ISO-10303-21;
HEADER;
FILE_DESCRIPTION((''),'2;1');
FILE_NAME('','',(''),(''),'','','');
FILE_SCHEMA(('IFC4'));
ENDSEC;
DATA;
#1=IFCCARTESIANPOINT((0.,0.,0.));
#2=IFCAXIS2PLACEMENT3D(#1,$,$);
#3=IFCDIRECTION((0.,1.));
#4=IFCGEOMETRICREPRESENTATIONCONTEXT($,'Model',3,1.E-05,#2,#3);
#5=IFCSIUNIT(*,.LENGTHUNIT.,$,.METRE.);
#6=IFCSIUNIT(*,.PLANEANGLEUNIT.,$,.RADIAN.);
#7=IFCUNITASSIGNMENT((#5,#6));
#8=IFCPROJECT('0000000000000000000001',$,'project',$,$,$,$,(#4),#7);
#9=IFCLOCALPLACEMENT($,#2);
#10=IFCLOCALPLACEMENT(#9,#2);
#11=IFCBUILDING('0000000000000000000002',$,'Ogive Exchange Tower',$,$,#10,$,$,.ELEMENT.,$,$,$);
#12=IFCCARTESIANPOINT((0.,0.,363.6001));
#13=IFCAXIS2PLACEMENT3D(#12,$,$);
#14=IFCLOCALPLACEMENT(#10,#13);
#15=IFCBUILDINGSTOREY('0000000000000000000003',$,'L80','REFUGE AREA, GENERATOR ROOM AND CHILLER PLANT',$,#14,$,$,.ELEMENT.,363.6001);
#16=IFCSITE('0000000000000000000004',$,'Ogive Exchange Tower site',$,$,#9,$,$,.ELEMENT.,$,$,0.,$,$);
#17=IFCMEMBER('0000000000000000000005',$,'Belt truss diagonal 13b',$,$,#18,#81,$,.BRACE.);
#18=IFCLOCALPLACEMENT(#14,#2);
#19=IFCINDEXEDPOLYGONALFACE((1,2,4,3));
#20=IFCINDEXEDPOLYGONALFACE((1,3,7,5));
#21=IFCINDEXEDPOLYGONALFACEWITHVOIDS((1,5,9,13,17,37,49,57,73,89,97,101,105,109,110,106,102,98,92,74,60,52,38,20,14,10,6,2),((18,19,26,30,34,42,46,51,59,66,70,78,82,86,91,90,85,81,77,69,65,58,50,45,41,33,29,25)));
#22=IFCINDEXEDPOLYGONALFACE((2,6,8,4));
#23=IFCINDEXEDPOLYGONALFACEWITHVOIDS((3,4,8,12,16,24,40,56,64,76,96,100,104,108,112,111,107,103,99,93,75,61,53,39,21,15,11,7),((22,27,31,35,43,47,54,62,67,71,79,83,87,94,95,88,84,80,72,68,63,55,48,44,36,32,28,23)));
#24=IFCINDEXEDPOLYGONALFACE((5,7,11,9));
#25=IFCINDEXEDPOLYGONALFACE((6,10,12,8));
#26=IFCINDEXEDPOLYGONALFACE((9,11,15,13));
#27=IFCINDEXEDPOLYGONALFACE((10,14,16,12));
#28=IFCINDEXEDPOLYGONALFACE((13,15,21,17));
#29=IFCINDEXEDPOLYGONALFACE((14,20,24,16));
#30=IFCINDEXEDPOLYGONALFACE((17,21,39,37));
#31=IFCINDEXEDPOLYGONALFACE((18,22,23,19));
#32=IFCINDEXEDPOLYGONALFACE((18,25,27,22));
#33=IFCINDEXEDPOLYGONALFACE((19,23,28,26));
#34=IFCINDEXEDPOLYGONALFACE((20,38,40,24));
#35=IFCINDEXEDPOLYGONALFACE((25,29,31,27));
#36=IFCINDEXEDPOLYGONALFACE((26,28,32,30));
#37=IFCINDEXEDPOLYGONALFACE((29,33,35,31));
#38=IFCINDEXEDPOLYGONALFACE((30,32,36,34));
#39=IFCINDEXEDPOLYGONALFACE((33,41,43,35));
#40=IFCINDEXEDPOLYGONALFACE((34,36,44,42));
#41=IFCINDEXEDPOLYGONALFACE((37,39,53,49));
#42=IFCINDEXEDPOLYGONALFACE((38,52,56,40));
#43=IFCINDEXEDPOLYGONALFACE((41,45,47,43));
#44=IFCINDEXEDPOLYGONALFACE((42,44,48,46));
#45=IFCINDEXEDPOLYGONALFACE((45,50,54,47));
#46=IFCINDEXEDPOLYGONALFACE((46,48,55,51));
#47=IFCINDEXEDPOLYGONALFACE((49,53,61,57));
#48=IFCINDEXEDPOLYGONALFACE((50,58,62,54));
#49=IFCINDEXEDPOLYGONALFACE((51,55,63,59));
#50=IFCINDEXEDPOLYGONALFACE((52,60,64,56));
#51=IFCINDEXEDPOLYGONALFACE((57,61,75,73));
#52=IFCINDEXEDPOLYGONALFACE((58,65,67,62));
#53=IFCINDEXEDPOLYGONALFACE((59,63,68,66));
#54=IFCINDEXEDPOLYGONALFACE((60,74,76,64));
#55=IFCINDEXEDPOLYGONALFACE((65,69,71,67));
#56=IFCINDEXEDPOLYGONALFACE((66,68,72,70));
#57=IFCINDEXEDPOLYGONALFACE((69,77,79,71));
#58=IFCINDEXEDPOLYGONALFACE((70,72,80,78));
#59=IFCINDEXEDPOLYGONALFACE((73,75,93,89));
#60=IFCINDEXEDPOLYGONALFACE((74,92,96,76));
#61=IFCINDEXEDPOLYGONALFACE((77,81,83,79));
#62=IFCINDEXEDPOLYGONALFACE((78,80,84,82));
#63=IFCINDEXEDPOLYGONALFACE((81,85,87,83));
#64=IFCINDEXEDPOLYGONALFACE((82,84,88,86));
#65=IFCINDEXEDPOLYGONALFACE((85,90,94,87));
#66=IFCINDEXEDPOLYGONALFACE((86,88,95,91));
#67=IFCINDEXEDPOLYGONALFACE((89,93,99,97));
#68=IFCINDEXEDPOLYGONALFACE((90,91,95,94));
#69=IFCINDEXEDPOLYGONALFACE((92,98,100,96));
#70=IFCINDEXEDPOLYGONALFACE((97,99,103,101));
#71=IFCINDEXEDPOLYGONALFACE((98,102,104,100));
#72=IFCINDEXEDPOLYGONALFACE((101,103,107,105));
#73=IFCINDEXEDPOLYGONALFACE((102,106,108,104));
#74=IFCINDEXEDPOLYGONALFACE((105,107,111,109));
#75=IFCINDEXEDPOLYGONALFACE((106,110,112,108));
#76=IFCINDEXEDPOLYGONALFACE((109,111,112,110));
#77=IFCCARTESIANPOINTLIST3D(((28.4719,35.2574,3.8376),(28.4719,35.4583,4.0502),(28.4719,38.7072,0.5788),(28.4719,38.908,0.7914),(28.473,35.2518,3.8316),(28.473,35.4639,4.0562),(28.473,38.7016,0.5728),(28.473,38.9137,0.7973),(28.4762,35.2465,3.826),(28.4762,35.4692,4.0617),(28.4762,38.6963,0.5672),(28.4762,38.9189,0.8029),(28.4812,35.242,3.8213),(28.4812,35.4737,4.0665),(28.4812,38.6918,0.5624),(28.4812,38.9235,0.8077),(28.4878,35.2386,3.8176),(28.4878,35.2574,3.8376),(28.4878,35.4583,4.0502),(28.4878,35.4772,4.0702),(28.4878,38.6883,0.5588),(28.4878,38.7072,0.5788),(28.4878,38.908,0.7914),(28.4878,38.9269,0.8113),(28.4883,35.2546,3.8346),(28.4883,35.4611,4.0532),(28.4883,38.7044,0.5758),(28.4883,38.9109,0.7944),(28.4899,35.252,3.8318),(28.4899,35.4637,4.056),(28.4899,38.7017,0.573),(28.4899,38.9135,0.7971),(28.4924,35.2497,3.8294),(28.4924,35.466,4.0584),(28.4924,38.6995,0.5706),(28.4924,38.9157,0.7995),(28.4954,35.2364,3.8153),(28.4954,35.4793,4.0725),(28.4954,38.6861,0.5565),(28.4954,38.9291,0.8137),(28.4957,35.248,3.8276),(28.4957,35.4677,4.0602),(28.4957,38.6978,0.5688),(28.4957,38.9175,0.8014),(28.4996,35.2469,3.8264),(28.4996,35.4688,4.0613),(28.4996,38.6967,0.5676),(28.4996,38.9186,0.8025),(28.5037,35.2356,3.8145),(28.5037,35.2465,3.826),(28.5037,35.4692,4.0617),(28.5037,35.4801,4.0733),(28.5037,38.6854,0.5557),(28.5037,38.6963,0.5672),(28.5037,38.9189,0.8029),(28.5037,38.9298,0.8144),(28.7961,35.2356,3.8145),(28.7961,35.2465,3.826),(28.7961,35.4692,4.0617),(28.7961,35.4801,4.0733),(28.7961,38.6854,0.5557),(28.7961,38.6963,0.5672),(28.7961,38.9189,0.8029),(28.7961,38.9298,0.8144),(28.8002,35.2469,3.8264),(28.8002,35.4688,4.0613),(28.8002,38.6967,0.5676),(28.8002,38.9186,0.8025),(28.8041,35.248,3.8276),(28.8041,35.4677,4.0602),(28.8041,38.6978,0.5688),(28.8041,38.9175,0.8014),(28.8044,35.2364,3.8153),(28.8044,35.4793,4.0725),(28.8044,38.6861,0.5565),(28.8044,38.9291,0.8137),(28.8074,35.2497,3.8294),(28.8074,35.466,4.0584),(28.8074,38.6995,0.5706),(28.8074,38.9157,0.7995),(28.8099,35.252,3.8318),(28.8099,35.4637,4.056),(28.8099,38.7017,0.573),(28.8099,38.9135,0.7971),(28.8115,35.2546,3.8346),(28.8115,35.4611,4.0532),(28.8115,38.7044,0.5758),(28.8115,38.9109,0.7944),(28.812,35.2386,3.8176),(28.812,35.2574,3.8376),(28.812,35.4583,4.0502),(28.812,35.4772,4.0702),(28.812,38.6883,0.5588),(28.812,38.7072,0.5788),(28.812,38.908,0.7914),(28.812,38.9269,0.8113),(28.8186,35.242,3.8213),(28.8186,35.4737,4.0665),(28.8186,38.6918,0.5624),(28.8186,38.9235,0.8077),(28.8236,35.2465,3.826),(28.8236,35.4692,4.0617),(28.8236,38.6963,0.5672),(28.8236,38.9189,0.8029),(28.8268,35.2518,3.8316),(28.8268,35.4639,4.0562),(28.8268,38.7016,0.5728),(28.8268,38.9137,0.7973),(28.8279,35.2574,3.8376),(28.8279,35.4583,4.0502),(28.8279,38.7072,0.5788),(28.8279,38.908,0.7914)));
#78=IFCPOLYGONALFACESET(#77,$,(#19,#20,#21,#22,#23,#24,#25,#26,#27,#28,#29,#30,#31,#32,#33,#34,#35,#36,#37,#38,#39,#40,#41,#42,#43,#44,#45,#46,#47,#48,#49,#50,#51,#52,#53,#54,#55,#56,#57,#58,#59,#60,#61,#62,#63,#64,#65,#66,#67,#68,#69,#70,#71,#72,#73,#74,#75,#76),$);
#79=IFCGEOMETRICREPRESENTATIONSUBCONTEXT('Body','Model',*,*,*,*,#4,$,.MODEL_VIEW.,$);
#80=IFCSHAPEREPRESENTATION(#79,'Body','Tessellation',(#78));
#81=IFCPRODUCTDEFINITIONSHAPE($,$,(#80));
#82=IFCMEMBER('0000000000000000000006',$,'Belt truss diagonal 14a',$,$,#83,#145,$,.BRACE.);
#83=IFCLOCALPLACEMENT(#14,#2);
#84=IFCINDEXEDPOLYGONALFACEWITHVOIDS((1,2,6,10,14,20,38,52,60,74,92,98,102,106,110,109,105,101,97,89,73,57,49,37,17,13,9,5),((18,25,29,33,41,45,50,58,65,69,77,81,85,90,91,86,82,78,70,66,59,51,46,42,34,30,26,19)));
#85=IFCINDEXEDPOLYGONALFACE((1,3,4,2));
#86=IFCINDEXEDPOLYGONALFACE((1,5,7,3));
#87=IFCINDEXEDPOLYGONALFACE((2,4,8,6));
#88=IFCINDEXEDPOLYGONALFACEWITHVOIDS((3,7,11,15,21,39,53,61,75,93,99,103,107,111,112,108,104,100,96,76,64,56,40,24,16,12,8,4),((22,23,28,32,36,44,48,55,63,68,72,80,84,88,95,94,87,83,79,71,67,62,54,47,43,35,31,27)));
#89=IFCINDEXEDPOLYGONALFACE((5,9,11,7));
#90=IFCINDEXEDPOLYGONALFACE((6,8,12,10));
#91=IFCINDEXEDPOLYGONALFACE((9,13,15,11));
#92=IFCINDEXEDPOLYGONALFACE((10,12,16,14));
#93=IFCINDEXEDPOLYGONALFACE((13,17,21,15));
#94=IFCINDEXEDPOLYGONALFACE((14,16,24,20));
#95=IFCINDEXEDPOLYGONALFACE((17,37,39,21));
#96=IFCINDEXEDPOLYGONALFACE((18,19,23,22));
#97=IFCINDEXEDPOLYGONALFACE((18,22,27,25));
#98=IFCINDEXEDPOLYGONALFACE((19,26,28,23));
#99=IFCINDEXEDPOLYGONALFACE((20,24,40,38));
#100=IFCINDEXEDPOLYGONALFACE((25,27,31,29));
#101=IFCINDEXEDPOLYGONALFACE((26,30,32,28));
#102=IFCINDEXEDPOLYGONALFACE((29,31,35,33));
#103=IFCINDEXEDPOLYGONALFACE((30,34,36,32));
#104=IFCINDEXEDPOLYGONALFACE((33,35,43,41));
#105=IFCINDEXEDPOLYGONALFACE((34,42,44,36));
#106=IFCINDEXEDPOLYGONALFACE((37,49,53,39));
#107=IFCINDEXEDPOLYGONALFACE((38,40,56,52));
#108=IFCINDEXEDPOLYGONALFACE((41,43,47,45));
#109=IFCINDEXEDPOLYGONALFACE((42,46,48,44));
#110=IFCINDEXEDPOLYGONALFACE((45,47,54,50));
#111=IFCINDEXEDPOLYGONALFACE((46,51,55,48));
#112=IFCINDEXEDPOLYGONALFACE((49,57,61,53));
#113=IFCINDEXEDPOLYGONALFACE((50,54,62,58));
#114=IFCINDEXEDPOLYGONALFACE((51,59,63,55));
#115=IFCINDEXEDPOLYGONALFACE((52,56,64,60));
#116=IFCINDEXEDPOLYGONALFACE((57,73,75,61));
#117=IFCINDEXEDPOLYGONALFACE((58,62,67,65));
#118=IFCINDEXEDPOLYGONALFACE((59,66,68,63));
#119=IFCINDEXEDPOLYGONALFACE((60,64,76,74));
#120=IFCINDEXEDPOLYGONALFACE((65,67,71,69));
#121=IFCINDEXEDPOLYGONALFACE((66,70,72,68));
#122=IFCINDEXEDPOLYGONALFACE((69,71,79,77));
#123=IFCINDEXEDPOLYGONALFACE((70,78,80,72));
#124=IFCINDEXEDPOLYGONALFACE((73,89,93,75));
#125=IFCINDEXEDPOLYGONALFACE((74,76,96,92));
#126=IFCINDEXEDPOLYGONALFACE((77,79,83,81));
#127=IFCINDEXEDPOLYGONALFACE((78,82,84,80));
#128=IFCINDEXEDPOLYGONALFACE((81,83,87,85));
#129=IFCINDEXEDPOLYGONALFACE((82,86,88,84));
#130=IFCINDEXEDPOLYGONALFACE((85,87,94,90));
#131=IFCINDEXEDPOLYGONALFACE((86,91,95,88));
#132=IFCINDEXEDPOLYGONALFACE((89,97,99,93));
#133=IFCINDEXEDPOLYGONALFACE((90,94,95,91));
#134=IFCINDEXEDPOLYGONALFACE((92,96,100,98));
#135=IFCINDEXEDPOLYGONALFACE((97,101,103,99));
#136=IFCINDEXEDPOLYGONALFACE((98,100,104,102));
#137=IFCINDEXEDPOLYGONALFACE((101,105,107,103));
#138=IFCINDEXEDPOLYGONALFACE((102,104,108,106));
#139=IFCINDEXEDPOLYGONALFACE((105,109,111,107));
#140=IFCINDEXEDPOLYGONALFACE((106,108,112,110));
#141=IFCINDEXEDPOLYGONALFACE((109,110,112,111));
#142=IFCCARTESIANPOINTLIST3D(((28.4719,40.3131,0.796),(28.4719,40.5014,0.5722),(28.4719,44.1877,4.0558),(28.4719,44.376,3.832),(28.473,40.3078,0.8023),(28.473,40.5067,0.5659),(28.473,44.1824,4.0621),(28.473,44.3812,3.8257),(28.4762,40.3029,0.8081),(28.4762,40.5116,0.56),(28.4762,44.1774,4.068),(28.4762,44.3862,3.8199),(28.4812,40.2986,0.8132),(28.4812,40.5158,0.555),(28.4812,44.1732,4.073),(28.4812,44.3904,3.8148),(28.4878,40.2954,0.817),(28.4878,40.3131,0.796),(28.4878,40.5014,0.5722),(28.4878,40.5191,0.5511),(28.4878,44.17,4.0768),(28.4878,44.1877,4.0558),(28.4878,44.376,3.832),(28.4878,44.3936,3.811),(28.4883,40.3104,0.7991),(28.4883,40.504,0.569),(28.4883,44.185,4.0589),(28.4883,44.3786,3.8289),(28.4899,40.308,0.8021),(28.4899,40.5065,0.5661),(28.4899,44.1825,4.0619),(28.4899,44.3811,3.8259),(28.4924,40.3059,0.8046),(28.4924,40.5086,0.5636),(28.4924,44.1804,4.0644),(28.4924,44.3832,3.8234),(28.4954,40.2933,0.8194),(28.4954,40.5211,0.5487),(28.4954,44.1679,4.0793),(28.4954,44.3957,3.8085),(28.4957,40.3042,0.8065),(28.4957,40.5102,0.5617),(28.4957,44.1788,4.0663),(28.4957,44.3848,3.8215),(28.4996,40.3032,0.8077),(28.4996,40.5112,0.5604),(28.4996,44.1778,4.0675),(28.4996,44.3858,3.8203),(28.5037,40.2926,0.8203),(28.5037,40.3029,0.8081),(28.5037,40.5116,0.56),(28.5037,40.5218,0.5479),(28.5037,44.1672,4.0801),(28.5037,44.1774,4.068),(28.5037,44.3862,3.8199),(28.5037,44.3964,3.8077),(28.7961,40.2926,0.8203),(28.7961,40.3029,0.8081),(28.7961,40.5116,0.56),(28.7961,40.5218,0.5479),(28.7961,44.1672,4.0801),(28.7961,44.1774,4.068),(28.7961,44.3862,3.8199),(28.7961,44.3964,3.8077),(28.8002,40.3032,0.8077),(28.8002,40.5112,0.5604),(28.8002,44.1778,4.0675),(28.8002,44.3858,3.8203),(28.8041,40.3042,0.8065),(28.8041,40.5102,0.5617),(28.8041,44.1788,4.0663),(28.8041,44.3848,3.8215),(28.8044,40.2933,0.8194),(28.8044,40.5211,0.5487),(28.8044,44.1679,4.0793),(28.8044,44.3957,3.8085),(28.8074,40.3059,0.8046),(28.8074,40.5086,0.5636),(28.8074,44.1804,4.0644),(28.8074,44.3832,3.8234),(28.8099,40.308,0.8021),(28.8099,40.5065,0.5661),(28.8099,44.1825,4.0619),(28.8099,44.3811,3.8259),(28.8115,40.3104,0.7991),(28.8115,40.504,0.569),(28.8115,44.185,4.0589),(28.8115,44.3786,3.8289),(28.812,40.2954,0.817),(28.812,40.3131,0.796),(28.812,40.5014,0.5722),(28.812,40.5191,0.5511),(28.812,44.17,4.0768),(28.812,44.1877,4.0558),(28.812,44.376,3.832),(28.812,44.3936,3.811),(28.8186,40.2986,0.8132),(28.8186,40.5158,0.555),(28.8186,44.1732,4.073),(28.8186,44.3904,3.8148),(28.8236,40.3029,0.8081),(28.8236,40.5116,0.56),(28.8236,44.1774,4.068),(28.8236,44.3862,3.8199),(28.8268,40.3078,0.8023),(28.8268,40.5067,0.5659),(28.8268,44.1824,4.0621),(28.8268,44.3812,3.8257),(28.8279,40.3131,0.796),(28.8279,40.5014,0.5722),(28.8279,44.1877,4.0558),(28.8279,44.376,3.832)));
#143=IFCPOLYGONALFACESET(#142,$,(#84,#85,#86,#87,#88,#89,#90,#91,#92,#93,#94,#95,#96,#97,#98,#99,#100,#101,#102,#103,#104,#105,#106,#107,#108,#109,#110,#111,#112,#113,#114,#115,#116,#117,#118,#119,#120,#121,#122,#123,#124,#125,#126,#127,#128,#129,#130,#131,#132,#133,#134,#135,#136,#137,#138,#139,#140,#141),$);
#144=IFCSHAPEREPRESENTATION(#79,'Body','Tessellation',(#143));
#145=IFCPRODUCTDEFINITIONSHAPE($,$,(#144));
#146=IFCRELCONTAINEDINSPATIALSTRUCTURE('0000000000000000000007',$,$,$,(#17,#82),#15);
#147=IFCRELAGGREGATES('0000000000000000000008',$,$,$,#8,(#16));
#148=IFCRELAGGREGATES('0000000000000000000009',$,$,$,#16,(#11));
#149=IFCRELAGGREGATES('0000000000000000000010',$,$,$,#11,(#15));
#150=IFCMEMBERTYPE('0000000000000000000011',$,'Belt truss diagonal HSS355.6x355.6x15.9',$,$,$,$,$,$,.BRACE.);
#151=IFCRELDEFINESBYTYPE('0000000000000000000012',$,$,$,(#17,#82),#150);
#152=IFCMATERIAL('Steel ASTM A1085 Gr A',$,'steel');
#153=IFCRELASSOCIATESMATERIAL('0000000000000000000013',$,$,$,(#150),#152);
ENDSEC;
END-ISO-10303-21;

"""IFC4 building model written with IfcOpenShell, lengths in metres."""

from ifc_helpers import new_model, si_unit, direction, frame, origin, origin_2d, place, context, subcontext, project, spatial, hollow_rectangle, extrude, material, material_profile, profile_set, type_object, element, save


model = new_model("IFC4")

# Units and contexts
model_context = context("Model", 3, precision=1e-05, world=origin(), true_north=direction((0.0, 1.0)))
body_context = subcontext(model_context, "Body", "Model", "MODEL_VIEW")
ifc_project = project(units=[si_unit("LENGTHUNIT", "METRE"), si_unit("PLANEANGLEUNIT", "RADIAN")], contexts=[model_context])

# Site, building, storey
site_placement = place(None, origin())
site = spatial("IfcSite", under=ifc_project, at=site_placement, Name="Ogive Exchange Tower site", CompositionType="ELEMENT", RefElevation=0.0)
building_placement = place(site_placement, origin())
building = spatial("IfcBuilding", under=site, at=building_placement, Name="Ogive Exchange Tower", CompositionType="ELEMENT")
storey_placement = place(building_placement, frame((0.0, 0.0, 363.6001)))
storey = spatial("IfcBuildingStorey", under=building, at=storey_placement, Name="L80", Description="REFUGE AREA, GENERATOR ROOM AND CHILLER PLANT", CompositionType="ELEMENT", Elevation=363.6001)

# Members
ifc_material_1 = material(Name="Steel ASTM A1085 Gr A", Category="steel")
ifc_material_profile_1 = material_profile(ifc_material_1, hollow_rectangle(XDim=0.356, YDim=0.356, WallThickness=0.0159, InnerFilletRadius=0.0159, OuterFilletRadius=0.0317, at=origin_2d()), Name="HSS355.6x355.6x15.9")
ifc_profile_set_1 = profile_set([ifc_material_profile_1], Name="Steel ASTM A1085 Gr A")
member_type = type_object("IfcMemberType", Name="Belt truss diagonal HSS355.6x355.6x15.9", PredefinedType="BRACE", material=ifc_profile_set_1)
member_1_placement = place(storey_placement, frame((28.6499, 38.8076, 0.6851), z_axis=(0.0, -0.726936, 0.686705), x_axis=(1.0, 0.0, 0.0)))
element("IfcMember", 1, at=member_1_placement, inside=storey, type_object=member_type, Name="Belt truss diagonal 13b", PredefinedType="BRACE", context=body_context, shape_type="SweptSolid", body=[
    extrude(hollow_rectangle(XDim=0.356, YDim=0.356, WallThickness=0.0159, InnerFilletRadius=0.0159, OuterFilletRadius=0.0317, at=origin_2d()), origin(), (0.0, 0.0, 1.0), 4.7456),
])
member_2_placement = place(storey_placement, frame((28.6499, 40.4072, 0.6841), z_axis=(0.0, 0.765201, 0.643791), x_axis=(-1.0, 0.0, 0.0)))
element("IfcMember", 2, at=member_2_placement, inside=storey, type_object=member_type, Name="Belt truss diagonal 14a", PredefinedType="BRACE", context=body_context, shape_type="SweptSolid", body=[
    extrude(hollow_rectangle(XDim=0.356, YDim=0.356, WallThickness=0.0159, InnerFilletRadius=0.0159, OuterFilletRadius=0.0317, at=origin_2d()), origin(), (0.0, 0.0, 1.0), 5.0635),
])

save(model, "model.ifc")
